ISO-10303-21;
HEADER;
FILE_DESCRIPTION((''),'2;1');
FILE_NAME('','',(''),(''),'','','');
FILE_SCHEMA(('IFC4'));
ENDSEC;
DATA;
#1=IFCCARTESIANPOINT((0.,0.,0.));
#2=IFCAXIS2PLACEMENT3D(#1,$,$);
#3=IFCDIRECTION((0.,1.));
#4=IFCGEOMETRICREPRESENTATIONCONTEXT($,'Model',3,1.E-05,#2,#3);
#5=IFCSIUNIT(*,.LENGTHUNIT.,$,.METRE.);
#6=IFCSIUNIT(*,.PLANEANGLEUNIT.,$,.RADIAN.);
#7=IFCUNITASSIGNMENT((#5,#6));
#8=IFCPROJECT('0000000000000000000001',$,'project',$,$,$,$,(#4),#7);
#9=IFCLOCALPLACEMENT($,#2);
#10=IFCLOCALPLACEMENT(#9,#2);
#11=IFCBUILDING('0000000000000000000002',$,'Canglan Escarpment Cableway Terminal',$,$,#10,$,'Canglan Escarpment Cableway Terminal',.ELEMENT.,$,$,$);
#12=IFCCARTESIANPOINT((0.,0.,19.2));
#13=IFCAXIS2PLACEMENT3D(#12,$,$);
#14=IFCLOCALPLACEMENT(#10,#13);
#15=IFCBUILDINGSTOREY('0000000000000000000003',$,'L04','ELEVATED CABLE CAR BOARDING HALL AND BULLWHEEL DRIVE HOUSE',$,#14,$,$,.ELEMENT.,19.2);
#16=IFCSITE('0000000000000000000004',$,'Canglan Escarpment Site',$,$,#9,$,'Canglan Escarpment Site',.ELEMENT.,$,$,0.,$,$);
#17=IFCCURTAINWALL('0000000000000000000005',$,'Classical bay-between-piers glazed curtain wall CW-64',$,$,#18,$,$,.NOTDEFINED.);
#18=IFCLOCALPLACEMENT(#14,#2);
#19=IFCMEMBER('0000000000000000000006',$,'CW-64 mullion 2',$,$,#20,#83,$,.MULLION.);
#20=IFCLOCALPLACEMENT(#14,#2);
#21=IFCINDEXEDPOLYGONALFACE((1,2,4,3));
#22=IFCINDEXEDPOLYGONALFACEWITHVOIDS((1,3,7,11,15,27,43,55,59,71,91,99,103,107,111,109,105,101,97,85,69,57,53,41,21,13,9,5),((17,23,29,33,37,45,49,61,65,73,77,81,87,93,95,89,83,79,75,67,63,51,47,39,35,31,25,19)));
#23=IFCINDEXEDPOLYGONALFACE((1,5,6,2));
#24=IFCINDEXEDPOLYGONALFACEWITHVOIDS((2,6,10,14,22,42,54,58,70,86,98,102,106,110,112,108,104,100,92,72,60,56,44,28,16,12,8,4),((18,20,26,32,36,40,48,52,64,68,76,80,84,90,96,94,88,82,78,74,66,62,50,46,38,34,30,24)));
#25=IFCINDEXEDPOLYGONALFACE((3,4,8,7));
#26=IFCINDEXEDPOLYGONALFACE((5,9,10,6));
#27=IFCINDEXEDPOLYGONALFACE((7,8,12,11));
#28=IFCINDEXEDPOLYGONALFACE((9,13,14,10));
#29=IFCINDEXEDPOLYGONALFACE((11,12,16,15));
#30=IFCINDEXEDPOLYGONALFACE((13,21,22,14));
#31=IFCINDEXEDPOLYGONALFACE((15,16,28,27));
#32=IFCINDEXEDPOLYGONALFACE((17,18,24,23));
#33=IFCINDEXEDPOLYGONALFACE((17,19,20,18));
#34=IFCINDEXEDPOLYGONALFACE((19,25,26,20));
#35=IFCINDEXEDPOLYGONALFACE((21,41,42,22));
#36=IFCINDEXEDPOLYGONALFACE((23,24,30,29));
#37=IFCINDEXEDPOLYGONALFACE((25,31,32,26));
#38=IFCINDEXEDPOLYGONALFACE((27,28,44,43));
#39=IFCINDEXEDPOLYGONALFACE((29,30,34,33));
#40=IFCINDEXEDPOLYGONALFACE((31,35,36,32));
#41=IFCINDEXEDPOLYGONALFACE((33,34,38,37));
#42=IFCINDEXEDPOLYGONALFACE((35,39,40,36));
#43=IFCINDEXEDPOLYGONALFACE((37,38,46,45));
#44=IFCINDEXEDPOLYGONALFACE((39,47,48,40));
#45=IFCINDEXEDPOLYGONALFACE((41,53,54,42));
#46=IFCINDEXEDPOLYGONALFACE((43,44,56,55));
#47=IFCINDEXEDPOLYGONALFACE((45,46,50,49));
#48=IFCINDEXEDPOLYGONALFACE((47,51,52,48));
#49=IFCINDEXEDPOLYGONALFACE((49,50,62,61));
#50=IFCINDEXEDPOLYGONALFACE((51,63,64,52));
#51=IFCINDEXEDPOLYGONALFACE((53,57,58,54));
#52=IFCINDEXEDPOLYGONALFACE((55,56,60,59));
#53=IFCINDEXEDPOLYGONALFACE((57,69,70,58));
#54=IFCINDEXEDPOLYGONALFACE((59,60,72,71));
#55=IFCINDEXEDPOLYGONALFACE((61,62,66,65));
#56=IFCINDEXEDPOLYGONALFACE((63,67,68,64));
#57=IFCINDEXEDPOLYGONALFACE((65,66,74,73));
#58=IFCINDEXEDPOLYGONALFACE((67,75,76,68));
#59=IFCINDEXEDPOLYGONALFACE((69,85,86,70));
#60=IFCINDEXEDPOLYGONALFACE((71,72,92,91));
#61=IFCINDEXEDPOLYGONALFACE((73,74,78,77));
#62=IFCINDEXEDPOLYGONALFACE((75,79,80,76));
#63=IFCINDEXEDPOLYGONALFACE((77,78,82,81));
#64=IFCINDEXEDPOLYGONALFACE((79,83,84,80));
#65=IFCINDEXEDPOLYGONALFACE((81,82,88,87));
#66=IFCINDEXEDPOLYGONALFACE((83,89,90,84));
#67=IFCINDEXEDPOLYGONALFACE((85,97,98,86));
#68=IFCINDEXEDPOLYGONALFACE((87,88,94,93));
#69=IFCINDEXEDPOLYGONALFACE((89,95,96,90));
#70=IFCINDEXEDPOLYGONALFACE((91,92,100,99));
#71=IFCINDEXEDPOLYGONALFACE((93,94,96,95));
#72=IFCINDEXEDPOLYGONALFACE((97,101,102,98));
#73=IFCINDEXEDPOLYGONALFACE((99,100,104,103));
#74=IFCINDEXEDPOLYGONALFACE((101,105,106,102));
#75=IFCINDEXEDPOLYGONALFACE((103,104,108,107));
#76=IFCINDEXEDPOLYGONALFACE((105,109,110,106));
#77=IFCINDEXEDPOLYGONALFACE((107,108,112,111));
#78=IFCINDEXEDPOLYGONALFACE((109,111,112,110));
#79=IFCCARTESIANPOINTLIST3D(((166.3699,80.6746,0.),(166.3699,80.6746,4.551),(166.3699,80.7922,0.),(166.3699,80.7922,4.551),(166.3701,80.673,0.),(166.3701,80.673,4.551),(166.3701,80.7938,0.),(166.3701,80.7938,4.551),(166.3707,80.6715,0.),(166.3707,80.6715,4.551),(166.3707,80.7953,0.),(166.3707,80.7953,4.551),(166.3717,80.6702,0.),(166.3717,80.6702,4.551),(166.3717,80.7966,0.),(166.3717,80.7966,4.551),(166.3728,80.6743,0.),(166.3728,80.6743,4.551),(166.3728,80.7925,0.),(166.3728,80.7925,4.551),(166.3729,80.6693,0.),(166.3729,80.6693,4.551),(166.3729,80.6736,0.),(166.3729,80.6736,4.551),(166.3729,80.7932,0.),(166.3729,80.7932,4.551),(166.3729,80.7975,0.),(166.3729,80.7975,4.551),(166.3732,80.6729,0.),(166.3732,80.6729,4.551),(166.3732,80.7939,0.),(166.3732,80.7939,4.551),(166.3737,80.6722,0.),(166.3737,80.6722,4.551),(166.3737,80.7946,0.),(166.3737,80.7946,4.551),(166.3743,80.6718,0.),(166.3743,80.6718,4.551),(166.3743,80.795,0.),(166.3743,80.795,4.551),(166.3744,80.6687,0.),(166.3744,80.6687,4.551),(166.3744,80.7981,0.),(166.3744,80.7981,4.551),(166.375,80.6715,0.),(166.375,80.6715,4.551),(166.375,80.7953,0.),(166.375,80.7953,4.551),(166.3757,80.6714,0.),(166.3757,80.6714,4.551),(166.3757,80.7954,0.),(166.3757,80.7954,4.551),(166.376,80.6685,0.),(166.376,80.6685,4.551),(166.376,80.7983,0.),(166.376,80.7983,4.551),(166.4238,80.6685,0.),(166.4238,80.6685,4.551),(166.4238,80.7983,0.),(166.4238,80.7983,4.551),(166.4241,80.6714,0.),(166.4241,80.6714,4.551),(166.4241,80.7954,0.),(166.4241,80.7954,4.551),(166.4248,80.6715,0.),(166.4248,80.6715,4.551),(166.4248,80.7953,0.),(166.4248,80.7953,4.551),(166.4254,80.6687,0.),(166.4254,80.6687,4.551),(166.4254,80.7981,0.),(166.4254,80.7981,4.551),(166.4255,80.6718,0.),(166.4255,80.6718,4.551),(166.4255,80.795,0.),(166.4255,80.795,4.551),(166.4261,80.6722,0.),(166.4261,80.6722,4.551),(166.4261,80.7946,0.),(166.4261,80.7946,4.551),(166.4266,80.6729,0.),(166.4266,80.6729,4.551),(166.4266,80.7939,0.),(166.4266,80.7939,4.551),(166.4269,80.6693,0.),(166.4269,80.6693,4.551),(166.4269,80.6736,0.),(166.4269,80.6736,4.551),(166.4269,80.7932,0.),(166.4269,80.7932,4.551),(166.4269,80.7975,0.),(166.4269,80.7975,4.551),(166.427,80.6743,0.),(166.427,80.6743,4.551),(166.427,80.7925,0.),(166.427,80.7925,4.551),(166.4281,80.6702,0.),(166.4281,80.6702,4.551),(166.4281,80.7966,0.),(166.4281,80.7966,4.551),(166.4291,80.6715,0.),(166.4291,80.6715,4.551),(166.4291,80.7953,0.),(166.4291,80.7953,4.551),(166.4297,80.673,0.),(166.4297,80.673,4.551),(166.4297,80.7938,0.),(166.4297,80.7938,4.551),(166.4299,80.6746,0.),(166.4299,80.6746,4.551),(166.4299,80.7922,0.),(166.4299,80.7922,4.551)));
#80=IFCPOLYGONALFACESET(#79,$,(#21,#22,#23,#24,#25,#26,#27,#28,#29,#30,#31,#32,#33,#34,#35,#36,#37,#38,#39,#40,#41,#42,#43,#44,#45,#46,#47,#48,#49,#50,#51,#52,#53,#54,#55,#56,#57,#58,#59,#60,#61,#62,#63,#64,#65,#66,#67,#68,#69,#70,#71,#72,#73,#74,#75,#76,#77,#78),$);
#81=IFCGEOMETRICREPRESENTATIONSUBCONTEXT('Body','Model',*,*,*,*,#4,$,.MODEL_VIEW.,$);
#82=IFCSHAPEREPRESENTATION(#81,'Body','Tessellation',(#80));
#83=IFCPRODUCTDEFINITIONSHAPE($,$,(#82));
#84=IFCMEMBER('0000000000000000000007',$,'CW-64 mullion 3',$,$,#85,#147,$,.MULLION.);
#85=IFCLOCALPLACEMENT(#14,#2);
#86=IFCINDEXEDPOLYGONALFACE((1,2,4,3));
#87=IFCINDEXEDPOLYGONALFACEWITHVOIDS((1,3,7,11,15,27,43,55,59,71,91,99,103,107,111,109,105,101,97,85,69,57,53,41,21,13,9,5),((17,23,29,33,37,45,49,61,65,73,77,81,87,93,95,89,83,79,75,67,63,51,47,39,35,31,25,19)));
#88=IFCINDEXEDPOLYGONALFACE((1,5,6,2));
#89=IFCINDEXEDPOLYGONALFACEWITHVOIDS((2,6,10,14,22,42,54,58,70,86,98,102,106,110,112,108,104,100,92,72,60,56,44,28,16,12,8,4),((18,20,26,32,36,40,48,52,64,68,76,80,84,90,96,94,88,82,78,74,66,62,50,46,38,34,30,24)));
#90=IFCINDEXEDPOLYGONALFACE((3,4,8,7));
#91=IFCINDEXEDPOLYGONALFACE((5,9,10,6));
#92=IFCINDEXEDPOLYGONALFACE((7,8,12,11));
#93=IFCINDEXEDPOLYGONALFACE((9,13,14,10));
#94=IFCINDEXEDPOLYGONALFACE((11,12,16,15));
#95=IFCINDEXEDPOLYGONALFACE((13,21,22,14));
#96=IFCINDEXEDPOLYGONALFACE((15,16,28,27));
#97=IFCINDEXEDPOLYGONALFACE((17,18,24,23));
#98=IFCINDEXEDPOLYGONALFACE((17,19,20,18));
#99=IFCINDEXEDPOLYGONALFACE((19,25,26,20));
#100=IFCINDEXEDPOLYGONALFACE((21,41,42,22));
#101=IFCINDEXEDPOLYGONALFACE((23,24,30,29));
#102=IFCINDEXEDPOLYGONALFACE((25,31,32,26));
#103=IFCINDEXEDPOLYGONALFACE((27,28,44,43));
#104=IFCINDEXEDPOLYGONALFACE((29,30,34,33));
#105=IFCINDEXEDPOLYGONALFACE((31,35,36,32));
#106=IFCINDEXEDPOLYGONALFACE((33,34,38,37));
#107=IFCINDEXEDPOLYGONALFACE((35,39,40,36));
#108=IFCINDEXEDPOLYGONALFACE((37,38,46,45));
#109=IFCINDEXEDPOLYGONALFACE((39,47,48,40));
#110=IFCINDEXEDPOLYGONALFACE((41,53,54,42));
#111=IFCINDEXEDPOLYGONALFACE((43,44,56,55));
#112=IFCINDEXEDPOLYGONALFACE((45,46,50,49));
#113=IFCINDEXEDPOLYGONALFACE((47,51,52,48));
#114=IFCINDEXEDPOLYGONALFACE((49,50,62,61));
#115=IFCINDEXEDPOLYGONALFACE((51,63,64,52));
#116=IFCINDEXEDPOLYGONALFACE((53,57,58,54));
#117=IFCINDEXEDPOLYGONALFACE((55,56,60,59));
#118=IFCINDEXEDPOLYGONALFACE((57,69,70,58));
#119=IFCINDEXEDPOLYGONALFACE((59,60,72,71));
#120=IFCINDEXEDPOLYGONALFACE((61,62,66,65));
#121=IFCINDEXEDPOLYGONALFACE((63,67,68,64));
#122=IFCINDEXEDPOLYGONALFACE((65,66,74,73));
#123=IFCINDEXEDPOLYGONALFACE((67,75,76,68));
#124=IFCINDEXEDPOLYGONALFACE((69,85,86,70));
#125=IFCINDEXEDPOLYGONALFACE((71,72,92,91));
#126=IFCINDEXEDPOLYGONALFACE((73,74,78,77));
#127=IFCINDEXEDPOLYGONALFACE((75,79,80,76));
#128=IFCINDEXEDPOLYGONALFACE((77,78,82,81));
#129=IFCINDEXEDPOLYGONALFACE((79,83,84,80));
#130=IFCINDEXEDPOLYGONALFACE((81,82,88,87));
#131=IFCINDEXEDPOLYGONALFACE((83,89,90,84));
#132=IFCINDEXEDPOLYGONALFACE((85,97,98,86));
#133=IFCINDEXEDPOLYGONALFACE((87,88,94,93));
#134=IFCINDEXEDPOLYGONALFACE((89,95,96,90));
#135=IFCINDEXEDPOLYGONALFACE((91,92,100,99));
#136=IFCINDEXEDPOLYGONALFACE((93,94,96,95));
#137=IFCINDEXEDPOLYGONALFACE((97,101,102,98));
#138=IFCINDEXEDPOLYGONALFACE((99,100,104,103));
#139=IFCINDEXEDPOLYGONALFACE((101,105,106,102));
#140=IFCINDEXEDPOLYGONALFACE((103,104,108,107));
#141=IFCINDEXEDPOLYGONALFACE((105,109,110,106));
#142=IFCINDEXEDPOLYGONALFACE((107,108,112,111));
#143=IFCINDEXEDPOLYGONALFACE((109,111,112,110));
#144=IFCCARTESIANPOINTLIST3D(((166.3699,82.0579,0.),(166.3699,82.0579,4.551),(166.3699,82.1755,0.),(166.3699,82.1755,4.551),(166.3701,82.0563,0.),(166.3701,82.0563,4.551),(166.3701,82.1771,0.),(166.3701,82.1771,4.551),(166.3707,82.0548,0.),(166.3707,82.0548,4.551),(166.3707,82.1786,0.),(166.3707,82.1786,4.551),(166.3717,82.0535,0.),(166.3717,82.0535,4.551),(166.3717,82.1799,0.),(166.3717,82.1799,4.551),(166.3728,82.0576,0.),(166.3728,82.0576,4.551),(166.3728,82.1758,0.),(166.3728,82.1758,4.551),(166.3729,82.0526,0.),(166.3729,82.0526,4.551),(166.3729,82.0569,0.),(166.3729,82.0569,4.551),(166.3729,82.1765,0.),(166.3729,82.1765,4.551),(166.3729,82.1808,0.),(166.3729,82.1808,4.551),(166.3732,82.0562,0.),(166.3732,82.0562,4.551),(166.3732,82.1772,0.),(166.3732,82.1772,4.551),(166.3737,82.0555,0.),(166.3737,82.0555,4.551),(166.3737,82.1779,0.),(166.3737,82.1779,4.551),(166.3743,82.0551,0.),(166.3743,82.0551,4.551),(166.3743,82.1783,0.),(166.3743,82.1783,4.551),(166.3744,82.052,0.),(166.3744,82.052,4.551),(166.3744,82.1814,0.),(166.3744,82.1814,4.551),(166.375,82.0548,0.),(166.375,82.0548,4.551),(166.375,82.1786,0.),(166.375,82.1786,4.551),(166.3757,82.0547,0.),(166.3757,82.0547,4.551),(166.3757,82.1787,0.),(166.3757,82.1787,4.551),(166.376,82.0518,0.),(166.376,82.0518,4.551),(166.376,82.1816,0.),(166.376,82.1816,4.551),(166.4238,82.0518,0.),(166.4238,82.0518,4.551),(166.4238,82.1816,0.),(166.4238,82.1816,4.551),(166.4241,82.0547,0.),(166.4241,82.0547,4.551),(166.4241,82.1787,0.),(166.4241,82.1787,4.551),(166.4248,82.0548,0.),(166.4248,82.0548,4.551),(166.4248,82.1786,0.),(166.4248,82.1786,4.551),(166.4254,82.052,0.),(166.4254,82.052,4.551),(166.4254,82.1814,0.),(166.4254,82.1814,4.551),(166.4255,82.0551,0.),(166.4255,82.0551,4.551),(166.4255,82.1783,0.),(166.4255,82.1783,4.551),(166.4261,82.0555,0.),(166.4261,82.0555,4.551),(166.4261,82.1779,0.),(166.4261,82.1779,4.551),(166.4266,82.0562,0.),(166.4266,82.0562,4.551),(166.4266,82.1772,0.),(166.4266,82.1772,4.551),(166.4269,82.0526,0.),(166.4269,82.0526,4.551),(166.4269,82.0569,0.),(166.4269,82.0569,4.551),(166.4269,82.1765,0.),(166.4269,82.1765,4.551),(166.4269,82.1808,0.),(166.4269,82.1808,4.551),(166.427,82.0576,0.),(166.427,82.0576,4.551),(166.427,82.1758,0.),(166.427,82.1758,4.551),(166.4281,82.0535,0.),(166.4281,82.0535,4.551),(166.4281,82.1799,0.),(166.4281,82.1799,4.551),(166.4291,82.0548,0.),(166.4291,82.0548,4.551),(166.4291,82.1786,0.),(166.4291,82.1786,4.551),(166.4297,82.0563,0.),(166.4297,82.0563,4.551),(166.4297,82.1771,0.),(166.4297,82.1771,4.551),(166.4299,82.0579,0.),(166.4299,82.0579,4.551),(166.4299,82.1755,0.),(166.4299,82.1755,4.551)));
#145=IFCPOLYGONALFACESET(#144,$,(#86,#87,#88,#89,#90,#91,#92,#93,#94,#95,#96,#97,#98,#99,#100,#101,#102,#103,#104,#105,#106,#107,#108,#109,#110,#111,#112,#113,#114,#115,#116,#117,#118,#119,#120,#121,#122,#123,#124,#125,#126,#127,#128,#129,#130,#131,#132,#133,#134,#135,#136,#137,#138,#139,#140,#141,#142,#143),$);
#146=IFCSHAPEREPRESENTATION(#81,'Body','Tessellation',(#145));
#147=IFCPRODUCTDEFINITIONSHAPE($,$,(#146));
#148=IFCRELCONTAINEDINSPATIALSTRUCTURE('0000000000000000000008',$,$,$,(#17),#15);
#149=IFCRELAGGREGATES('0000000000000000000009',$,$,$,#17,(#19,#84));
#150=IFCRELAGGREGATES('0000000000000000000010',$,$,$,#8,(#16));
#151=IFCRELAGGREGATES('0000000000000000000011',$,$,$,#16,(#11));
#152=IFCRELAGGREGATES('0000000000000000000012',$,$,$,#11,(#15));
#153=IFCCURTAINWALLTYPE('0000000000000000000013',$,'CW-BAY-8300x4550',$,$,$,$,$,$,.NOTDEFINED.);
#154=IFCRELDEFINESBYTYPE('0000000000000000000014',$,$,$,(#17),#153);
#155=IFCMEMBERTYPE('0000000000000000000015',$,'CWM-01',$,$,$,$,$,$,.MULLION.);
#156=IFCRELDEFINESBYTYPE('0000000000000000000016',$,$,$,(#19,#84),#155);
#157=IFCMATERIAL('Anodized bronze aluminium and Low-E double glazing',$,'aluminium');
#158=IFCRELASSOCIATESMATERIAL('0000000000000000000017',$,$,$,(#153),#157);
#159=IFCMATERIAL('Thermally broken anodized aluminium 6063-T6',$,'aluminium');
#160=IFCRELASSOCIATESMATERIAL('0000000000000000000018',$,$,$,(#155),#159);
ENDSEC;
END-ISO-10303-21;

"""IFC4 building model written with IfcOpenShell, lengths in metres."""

from ifc_helpers import new_model, si_unit, direction, frame, origin, origin_2d, place, context, subcontext, project, spatial, hollow_rectangle, extrude, material, material_profile, profile_set, type_object, element, aggregate, save


model = new_model("IFC4")

# Units and contexts
model_context = context("Model", 3, precision=1e-05, world=origin(), true_north=direction((0.0, 1.0)))
body_context = subcontext(model_context, "Body", "Model", "MODEL_VIEW")
ifc_project = project(units=[si_unit("LENGTHUNIT", "METRE"), si_unit("PLANEANGLEUNIT", "RADIAN")], contexts=[model_context])

# Site, building, storey
site_placement = place(None, origin())
site = spatial("IfcSite", under=ifc_project, at=site_placement, Name="Canglan Escarpment Site", LongName="Canglan Escarpment Site", CompositionType="ELEMENT", RefElevation=0.0)
building_placement = place(site_placement, origin())
building = spatial("IfcBuilding", under=site, at=building_placement, Name="Canglan Escarpment Cableway Terminal", LongName="Canglan Escarpment Cableway Terminal", CompositionType="ELEMENT")
storey_placement = place(building_placement, frame((0.0, 0.0, 19.2)))
storey = spatial("IfcBuildingStorey", under=building, at=storey_placement, Name="L04", Description="ELEVATED CABLE CAR BOARDING HALL AND BULLWHEEL DRIVE HOUSE", CompositionType="ELEMENT", Elevation=19.2)

# Curtain wall, members
ifc_material_1 = material(Name="Anodized bronze aluminium and Low-E double glazing", Category="aluminium")
curtain_wall_type = type_object("IfcCurtainWallType", Name="CW-BAY-8300x4550", PredefinedType="NOTDEFINED", material=ifc_material_1)
curtain_wall_1_placement = place(storey_placement, origin())
curtain_wall_1 = element("IfcCurtainWall", 1, at=curtain_wall_1_placement, inside=storey, type_object=curtain_wall_type, Name="Classical bay-between-piers glazed curtain wall CW-64", PredefinedType="NOTDEFINED")
ifc_material_2 = material(Name="Thermally broken anodized aluminium 6063-T6", Category="aluminium")
ifc_material_profile_1 = material_profile(ifc_material_2, hollow_rectangle(XDim=0.0601, YDim=0.1299, WallThickness=0.0029, InnerFilletRadius=0.0029, OuterFilletRadius=0.0061, at=origin_2d()), Name="ALU-MULL 60x130x3")
ifc_profile_set_1 = profile_set([ifc_material_profile_1], Name="Thermally broken anodized aluminium 6063-T6")
member_type_1 = type_object("IfcMemberType", Name="CWM-01", PredefinedType="MULLION", material=ifc_profile_set_1)
member_1_placement = place(storey_placement, frame((166.3999, 80.7334, 0.0), z_axis=(0.0, 0.0, 1.0), x_axis=(-1.0, 0.0, 0.0)))
member_1 = element("IfcMember", 2, at=member_1_placement, type_object=member_type_1, Name="CW-64 mullion 2", PredefinedType="MULLION", context=body_context, shape_type="SweptSolid", body=[
    extrude(hollow_rectangle(XDim=0.0601, YDim=0.1299, WallThickness=0.0029, InnerFilletRadius=0.0029, OuterFilletRadius=0.0061, at=origin_2d()), origin(), (0.0, 0.0, 1.0), 4.551),
])
member_2_placement = place(storey_placement, frame((166.3999, 82.1167, 0.0), z_axis=(0.0, 0.0, 1.0), x_axis=(-1.0, 0.0, 0.0)))
member_2 = element("IfcMember", 3, at=member_2_placement, type_object=member_type_1, Name="CW-64 mullion 3", PredefinedType="MULLION", context=body_context, shape_type="SweptSolid", body=[
    extrude(hollow_rectangle(XDim=0.0601, YDim=0.1299, WallThickness=0.0029, InnerFilletRadius=0.0029, OuterFilletRadius=0.0061, at=origin_2d()), origin(), (0.0, 0.0, 1.0), 4.551),
])

aggregate(curtain_wall_1, [member_1, member_2])

save(model, "model.ifc")
